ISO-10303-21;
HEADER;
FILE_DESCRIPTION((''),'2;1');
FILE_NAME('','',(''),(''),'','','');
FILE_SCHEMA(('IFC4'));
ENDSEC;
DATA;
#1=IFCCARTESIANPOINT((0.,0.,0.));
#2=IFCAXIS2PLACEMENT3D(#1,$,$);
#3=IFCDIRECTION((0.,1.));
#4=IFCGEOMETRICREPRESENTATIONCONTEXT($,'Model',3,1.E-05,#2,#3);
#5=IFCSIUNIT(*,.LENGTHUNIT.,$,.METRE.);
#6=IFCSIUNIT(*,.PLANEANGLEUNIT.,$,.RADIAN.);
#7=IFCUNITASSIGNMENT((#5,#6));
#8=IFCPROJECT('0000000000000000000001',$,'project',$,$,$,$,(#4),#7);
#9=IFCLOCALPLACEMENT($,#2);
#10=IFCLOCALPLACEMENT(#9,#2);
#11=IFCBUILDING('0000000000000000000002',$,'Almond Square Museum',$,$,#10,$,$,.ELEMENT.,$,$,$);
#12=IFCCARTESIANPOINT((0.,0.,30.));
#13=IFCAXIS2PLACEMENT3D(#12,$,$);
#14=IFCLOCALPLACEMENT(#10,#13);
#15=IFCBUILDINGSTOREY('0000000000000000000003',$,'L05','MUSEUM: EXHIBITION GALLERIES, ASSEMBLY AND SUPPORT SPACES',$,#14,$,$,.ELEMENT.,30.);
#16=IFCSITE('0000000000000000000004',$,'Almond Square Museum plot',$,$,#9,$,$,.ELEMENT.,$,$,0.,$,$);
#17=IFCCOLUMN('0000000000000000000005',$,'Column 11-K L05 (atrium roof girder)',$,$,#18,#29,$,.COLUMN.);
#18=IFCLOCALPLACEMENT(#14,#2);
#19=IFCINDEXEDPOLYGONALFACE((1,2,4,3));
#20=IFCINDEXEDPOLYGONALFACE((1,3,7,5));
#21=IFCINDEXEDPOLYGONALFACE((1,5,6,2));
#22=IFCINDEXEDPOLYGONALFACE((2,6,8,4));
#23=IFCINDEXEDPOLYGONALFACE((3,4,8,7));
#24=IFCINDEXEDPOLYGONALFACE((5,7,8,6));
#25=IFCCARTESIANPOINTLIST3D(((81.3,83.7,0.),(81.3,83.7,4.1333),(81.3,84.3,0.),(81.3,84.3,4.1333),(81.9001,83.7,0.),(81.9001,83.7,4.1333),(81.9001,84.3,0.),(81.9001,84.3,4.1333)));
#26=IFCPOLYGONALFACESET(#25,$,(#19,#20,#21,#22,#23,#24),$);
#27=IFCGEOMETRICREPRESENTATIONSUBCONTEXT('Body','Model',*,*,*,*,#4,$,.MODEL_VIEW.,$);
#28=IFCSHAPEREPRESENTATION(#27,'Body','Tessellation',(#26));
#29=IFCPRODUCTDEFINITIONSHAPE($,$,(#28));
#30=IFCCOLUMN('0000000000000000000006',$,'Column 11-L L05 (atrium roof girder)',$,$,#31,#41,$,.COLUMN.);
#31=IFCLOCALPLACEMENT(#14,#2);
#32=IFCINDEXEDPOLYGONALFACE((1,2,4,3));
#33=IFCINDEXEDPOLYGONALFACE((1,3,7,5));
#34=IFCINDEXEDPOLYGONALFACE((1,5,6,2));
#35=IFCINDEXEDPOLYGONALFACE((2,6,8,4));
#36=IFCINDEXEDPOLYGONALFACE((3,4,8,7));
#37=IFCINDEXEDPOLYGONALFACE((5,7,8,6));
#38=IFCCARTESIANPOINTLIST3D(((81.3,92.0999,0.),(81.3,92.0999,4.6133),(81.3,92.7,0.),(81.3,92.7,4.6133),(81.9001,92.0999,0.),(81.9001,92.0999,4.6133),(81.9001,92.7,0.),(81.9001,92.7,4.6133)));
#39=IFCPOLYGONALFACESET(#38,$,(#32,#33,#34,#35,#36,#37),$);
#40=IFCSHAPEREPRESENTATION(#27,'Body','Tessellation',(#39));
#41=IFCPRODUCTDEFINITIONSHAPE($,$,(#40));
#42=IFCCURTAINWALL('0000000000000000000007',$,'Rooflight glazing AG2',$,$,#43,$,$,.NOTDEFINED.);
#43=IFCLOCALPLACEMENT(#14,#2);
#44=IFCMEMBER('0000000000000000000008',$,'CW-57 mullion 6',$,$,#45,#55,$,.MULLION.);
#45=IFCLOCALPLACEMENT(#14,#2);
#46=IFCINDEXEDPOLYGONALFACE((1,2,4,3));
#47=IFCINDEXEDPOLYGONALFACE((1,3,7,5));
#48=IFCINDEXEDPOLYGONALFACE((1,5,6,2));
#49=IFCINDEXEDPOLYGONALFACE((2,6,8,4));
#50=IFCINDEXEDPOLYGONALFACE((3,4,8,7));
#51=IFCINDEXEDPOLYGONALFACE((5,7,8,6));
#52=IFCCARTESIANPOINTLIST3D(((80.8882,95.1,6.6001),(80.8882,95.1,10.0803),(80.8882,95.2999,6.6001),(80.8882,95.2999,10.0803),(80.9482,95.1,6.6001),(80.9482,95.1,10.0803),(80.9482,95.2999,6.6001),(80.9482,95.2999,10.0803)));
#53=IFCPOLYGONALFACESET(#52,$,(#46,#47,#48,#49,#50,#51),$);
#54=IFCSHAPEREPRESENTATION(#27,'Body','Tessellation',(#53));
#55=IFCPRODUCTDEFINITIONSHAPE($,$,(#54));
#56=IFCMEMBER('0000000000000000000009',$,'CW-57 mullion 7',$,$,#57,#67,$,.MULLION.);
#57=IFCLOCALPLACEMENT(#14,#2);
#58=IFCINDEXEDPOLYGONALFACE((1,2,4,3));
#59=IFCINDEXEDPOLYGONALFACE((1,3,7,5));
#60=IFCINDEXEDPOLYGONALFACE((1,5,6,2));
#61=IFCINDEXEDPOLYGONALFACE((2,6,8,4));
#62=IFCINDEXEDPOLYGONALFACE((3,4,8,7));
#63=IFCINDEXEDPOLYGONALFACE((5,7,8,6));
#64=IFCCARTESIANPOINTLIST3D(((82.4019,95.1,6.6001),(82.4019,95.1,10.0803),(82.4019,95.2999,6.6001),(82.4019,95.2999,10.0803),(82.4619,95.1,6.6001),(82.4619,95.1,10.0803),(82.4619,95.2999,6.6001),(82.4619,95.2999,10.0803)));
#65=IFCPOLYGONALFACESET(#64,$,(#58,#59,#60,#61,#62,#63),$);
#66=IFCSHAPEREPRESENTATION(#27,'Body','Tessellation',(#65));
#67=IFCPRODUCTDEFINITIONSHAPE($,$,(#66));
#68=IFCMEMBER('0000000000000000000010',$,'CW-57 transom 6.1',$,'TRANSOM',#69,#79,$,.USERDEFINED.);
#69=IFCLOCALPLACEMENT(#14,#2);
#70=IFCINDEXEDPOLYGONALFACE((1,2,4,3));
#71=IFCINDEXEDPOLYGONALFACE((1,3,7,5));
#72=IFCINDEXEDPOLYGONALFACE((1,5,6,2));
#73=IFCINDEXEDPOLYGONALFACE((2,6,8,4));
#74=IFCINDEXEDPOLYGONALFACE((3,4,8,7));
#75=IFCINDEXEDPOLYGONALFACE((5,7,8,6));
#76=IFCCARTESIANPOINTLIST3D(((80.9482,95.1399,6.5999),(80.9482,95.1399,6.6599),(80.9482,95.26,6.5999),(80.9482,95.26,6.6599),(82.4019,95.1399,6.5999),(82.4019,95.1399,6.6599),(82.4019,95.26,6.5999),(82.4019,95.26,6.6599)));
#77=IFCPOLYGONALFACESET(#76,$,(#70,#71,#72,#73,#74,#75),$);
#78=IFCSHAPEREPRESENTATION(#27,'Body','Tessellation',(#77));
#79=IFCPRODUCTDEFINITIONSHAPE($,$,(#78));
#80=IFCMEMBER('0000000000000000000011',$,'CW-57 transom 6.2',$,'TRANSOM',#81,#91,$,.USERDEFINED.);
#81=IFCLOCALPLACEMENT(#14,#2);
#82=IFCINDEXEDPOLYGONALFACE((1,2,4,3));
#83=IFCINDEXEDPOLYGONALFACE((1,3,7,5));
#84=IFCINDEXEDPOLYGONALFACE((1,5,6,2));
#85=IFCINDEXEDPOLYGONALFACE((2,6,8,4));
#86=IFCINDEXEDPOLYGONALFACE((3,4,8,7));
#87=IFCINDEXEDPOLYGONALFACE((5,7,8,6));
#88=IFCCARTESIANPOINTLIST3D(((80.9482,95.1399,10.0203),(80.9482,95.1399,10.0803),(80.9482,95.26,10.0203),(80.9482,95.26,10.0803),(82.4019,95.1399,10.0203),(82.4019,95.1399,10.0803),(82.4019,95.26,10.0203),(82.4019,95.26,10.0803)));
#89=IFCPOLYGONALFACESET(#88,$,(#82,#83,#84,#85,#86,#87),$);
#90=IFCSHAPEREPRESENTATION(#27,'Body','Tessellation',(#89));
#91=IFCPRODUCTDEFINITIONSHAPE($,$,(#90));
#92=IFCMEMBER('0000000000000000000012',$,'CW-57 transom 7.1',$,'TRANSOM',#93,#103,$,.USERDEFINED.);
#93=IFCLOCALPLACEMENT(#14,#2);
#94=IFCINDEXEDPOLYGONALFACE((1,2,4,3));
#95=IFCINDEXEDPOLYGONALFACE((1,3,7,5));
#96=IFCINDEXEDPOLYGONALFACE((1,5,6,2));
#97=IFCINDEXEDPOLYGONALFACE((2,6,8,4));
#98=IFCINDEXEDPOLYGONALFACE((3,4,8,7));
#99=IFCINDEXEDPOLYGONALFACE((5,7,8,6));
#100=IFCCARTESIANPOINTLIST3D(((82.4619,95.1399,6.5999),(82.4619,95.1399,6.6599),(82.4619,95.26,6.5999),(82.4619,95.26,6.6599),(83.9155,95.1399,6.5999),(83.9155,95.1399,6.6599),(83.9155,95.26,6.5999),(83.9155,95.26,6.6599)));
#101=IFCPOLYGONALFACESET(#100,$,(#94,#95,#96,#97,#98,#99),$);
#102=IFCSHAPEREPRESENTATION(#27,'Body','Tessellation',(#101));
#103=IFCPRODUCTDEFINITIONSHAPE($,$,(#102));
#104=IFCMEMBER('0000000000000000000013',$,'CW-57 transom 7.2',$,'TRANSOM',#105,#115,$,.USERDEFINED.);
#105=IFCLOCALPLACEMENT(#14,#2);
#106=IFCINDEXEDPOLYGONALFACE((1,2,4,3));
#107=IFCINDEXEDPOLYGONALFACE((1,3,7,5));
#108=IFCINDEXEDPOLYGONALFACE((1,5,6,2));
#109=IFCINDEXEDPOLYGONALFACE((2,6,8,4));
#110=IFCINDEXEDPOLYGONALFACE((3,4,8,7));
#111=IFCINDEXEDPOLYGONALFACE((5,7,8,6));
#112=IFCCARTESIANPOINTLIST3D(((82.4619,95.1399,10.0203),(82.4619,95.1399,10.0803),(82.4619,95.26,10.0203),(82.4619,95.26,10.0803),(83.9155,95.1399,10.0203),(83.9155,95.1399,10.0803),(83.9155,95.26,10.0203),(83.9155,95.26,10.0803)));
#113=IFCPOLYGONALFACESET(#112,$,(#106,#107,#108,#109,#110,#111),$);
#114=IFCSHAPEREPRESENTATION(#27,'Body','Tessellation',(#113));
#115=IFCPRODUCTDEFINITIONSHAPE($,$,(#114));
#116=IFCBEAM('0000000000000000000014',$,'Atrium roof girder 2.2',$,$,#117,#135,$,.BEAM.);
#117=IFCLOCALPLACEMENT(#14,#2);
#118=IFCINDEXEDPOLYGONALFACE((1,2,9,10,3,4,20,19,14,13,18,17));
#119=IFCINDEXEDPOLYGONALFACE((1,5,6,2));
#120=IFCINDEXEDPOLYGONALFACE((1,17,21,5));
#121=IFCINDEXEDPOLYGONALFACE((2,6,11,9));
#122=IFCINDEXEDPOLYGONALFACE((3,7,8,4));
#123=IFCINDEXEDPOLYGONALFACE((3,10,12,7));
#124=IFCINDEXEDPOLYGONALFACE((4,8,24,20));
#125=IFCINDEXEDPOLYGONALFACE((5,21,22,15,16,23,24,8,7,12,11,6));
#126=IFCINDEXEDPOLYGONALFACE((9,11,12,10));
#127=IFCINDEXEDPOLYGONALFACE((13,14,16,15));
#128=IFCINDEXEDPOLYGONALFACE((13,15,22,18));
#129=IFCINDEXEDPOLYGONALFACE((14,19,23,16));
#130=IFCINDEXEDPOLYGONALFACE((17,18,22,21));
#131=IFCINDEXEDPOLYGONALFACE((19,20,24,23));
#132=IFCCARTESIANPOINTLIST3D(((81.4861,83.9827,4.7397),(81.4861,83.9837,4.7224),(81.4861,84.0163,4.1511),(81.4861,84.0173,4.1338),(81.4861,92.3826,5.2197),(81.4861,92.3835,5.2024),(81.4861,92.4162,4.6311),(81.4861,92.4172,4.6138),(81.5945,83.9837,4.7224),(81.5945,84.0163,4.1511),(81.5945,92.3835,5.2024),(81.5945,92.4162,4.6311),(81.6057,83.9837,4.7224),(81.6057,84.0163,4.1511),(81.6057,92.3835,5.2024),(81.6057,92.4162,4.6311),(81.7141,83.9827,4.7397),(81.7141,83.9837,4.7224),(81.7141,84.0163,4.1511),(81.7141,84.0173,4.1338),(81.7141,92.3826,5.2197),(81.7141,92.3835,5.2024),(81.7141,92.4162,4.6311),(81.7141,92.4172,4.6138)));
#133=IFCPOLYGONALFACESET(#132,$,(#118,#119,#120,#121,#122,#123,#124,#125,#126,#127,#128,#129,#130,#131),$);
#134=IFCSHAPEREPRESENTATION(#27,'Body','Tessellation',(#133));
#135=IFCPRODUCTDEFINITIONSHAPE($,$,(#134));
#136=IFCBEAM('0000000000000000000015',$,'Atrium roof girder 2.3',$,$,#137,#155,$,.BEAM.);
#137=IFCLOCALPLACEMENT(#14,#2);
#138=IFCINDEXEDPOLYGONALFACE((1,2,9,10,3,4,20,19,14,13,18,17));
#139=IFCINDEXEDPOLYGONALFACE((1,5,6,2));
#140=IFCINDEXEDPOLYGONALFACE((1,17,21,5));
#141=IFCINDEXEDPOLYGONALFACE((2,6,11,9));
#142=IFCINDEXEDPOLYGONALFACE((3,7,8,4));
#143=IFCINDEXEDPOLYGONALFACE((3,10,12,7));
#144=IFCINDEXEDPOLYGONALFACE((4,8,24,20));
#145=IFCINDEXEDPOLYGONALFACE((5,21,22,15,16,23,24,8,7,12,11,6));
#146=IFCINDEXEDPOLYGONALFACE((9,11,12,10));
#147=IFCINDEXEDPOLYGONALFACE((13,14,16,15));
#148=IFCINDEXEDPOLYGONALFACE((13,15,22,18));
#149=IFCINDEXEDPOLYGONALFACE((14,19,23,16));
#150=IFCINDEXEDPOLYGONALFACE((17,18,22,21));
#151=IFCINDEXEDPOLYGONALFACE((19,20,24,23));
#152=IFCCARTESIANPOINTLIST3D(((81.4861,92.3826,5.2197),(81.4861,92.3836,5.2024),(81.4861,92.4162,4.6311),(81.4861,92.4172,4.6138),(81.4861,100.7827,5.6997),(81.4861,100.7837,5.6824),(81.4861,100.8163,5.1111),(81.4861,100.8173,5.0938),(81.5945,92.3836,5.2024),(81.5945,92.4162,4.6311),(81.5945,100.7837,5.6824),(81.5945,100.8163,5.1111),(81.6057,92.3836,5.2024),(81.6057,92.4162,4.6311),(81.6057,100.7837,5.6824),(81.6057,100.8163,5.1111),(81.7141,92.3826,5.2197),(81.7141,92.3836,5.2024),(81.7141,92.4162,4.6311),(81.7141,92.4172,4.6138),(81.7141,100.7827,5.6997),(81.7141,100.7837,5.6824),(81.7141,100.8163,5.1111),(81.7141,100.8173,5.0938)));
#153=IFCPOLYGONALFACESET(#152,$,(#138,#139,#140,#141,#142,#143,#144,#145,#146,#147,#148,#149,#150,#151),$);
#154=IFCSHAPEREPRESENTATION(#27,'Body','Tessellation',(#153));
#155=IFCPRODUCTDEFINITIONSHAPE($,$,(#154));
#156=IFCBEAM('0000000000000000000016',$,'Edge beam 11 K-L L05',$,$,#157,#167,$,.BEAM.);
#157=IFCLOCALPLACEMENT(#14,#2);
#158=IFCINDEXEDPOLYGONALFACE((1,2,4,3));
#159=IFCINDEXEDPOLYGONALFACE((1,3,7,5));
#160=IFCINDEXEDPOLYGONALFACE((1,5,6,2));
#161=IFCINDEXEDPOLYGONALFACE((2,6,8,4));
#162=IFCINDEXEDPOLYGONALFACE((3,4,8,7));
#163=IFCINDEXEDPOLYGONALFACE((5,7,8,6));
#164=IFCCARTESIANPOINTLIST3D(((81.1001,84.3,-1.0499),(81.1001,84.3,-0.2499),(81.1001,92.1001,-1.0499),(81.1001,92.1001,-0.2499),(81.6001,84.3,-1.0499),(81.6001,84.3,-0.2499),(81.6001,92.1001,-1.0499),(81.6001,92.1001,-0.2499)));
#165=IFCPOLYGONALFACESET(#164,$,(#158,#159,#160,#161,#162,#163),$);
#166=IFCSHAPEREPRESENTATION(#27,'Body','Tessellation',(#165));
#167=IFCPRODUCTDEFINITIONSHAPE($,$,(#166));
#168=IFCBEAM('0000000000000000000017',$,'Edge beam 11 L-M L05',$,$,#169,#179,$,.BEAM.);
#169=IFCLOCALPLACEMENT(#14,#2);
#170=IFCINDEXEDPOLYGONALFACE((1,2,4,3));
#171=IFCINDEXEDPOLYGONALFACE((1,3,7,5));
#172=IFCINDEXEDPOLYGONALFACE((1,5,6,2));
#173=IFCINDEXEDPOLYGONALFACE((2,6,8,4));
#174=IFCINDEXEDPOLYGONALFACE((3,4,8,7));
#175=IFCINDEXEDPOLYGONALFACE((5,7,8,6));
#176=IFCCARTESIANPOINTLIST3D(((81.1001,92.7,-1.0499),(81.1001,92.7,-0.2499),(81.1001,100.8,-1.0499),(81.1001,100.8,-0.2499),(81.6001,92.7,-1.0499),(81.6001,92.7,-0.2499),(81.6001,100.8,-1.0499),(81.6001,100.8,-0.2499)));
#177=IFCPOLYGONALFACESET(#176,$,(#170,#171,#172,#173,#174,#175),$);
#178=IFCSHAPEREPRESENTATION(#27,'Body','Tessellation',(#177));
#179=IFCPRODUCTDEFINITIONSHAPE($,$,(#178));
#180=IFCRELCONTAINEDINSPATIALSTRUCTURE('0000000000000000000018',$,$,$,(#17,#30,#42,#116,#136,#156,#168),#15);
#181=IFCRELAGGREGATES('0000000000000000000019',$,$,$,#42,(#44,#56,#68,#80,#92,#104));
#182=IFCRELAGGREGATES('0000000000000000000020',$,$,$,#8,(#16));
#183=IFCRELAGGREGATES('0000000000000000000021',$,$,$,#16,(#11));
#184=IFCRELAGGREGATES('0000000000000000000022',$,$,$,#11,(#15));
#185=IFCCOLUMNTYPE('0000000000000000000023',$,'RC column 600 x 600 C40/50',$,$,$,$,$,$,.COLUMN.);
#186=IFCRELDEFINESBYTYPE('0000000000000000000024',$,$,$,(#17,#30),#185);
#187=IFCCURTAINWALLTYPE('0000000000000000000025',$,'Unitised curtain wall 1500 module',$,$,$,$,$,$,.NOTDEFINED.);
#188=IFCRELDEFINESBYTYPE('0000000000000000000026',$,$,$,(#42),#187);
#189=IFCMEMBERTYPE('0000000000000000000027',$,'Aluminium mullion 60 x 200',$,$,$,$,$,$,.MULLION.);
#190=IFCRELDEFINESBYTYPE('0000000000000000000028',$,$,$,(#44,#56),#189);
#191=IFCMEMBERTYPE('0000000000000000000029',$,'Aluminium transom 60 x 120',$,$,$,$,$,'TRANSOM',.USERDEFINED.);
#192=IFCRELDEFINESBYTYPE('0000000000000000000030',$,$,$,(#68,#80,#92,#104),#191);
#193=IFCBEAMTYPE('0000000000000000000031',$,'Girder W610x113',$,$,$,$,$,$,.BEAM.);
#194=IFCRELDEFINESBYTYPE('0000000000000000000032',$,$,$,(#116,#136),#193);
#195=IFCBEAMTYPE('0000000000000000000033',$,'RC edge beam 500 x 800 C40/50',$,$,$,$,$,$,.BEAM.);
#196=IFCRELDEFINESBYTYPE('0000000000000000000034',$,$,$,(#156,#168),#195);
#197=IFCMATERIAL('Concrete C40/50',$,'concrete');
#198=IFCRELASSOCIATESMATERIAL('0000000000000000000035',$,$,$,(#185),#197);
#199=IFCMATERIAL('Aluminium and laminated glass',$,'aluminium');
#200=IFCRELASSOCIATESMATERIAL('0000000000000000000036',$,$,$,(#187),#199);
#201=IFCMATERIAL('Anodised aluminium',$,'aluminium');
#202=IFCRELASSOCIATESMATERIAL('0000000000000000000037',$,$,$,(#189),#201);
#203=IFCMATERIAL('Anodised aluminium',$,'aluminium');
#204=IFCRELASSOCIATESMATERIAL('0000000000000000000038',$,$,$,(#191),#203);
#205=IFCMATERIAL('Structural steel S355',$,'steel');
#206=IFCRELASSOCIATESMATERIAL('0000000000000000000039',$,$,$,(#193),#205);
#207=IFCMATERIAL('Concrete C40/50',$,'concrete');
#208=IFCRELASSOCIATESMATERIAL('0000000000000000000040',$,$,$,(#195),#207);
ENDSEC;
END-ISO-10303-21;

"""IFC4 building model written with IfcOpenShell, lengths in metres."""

from ifc_helpers import new_model, si_unit, direction, frame, origin, origin_2d, place, context, subcontext, project, spatial, rectangle, i_section, extrude, material, material_profile, profile_set, type_object, element, aggregate, save


model = new_model("IFC4")

# Units and contexts
model_context = context("Model", 3, precision=1e-05, world=origin(), true_north=direction((0.0, 1.0)))
body_context = subcontext(model_context, "Body", "Model", "MODEL_VIEW")
ifc_project = project(units=[si_unit("LENGTHUNIT", "METRE"), si_unit("PLANEANGLEUNIT", "RADIAN")], contexts=[model_context])

# Site, building, storey
site_placement = place(None, origin())
site = spatial("IfcSite", under=ifc_project, at=site_placement, Name="Almond Square Museum plot", CompositionType="ELEMENT", RefElevation=0.0)
building_placement = place(site_placement, origin())
building = spatial("IfcBuilding", under=site, at=building_placement, Name="Almond Square Museum", CompositionType="ELEMENT")
storey_placement = place(building_placement, frame((0.0, 0.0, 30.0)))
storey = spatial("IfcBuildingStorey", under=building, at=storey_placement, Name="L05", Description="MUSEUM: EXHIBITION GALLERIES, ASSEMBLY AND SUPPORT SPACES", CompositionType="ELEMENT", Elevation=30.0)

# Columns
ifc_material_1 = material(Name="Concrete C40/50", Category="concrete")
ifc_material_profile_1 = material_profile(ifc_material_1, rectangle(XDim=0.6001, YDim=0.6001, at=origin_2d()))
ifc_profile_set_1 = profile_set([ifc_material_profile_1], Name="Concrete C40/50")
column_type = type_object("IfcColumnType", Name="RC column 600 x 600 C40/50", PredefinedType="COLUMN", material=ifc_profile_set_1)
column_1_placement = place(storey_placement, frame((81.6001, 84.0, 0.0), z_axis=(0.0, 0.0, 1.0), x_axis=(1.0, 0.0, 0.0)))
element("IfcColumn", 1, at=column_1_placement, inside=storey, type_object=column_type, Name="Column 11-K L05 (atrium roof girder)", PredefinedType="COLUMN", context=body_context, shape_type="SweptSolid", body=[
    extrude(rectangle(XDim=0.6001, YDim=0.6001, at=origin_2d()), origin(), (0.0, 0.0, 1.0), 4.1333),
])
column_2_placement = place(storey_placement, frame((81.6001, 92.3999, 0.0), z_axis=(0.0, 0.0, 1.0), x_axis=(1.0, 0.0, 0.0)))
element("IfcColumn", 2, at=column_2_placement, inside=storey, type_object=column_type, Name="Column 11-L L05 (atrium roof girder)", PredefinedType="COLUMN", context=body_context, shape_type="SweptSolid", body=[
    extrude(rectangle(XDim=0.6001, YDim=0.6001, at=origin_2d()), origin(), (0.0, 0.0, 1.0), 4.6133),
])

# Curtain wall, members
ifc_material_2 = material(Name="Aluminium and laminated glass", Category="aluminium")
curtain_wall_type = type_object("IfcCurtainWallType", Name="Unitised curtain wall 1500 module", PredefinedType="NOTDEFINED", material=ifc_material_2)
curtain_wall_placement = place(storey_placement, origin())
curtain_wall = element("IfcCurtainWall", 3, at=curtain_wall_placement, inside=storey, type_object=curtain_wall_type, Name="Rooflight glazing AG2", PredefinedType="NOTDEFINED")
ifc_material_3 = material(Name="Anodised aluminium", Category="aluminium")
ifc_material_profile_2 = material_profile(ifc_material_3, rectangle(XDim=0.2, YDim=0.0601, at=origin_2d()))
ifc_profile_set_2 = profile_set([ifc_material_profile_2], Name="Anodised aluminium")
member_type_1 = type_object("IfcMemberType", Name="Aluminium mullion 60 x 200", PredefinedType="MULLION", material=ifc_profile_set_2)
member_1_placement = place(storey_placement, frame((80.9182, 95.2, 6.6001), z_axis=(0.0, 0.0, 1.0), x_axis=(0.0, 1.0, 0.0)))
member_1 = element("IfcMember", 4, at=member_1_placement, type_object=member_type_1, Name="CW-57 mullion 6", PredefinedType="MULLION", context=body_context, shape_type="SweptSolid", body=[
    extrude(rectangle(XDim=0.2, YDim=0.0601, at=origin_2d()), origin(), (0.0, 0.0, 1.0), 3.4802),
])
member_2_placement = place(storey_placement, frame((82.4319, 95.2, 6.6001), z_axis=(0.0, 0.0, 1.0), x_axis=(0.0, 1.0, 0.0)))
member_2 = element("IfcMember", 5, at=member_2_placement, type_object=member_type_1, Name="CW-57 mullion 7", PredefinedType="MULLION", context=body_context, shape_type="SweptSolid", body=[
    extrude(rectangle(XDim=0.2, YDim=0.0601, at=origin_2d()), origin(), (0.0, 0.0, 1.0), 3.4802),
])
ifc_material_4 = material(Name="Anodised aluminium", Category="aluminium")
ifc_material_profile_3 = material_profile(ifc_material_4, rectangle(XDim=0.1201, YDim=0.0601, at=origin_2d()))
ifc_profile_set_3 = profile_set([ifc_material_profile_3], Name="Anodised aluminium")
member_type_2 = type_object("IfcMemberType", Name="Aluminium transom 60 x 120", ElementType="TRANSOM", PredefinedType="USERDEFINED", material=ifc_profile_set_3)
member_3_placement = place(storey_placement, frame((80.9482, 95.2, 6.6299), z_axis=(1.0, 0.0, 0.0), x_axis=(0.0, 1.0, 0.0)))
member_3 = element("IfcMember", 6, at=member_3_placement, type_object=member_type_2, Name="CW-57 transom 6.1", ObjectType="TRANSOM", PredefinedType="USERDEFINED", context=body_context, shape_type="SweptSolid", body=[
    extrude(rectangle(XDim=0.1201, YDim=0.0601, at=origin_2d()), origin(), (0.0, 0.0, 1.0), 1.4536),
])
member_4_placement = place(storey_placement, frame((80.9482, 95.2, 10.0503), z_axis=(1.0, 0.0, 0.0), x_axis=(0.0, 1.0, 0.0)))
member_4 = element("IfcMember", 7, at=member_4_placement, type_object=member_type_2, Name="CW-57 transom 6.2", ObjectType="TRANSOM", PredefinedType="USERDEFINED", context=body_context, shape_type="SweptSolid", body=[
    extrude(rectangle(XDim=0.1201, YDim=0.0601, at=origin_2d()), origin(), (0.0, 0.0, 1.0), 1.4536),
])
member_5_placement = place(storey_placement, frame((82.4619, 95.2, 6.6299), z_axis=(1.0, 0.0, 0.0), x_axis=(0.0, 1.0, 0.0)))
member_5 = element("IfcMember", 8, at=member_5_placement, type_object=member_type_2, Name="CW-57 transom 7.1", ObjectType="TRANSOM", PredefinedType="USERDEFINED", context=body_context, shape_type="SweptSolid", body=[
    extrude(rectangle(XDim=0.1201, YDim=0.0601, at=origin_2d()), origin(), (0.0, 0.0, 1.0), 1.4536),
])
member_6_placement = place(storey_placement, frame((82.4619, 95.2, 10.0503), z_axis=(1.0, 0.0, 0.0), x_axis=(0.0, 1.0, 0.0)))
member_6 = element("IfcMember", 9, at=member_6_placement, type_object=member_type_2, Name="CW-57 transom 7.2", ObjectType="TRANSOM", PredefinedType="USERDEFINED", context=body_context, shape_type="SweptSolid", body=[
    extrude(rectangle(XDim=0.1201, YDim=0.0601, at=origin_2d()), origin(), (0.0, 0.0, 1.0), 1.4536),
])

# Beams
ifc_material_5 = material(Name="Structural steel S355", Category="steel")
ifc_material_profile_4 = material_profile(ifc_material_5, i_section(OverallWidth=0.228, OverallDepth=0.6069, WebThickness=0.0112, FlangeThickness=0.0173, at=origin_2d()))
ifc_profile_set_4 = profile_set([ifc_material_profile_4], Name="Structural steel S355")
beam_type_1 = type_object("IfcBeamType", Name="Girder W610x113", PredefinedType="BEAM", material=ifc_profile_set_4)
beam_1_placement = place(storey_placement, frame((81.6001, 84.0, 4.4368), z_axis=(0.0, 0.998371, 0.057048), x_axis=(-1.0, 0.0, 0.0)))
element("IfcBeam", 10, at=beam_1_placement, inside=storey, type_object=beam_type_1, Name="Atrium roof girder 2.2", PredefinedType="BEAM", context=body_context, shape_type="SweptSolid", body=[
    extrude(i_section(OverallWidth=0.228, OverallDepth=0.6069, WebThickness=0.0112, FlangeThickness=0.0173, at=origin_2d()), origin(), (0.0, 0.0, 1.0), 8.4136),
])
beam_2_placement = place(storey_placement, frame((81.6001, 92.3999, 4.9167), z_axis=(0.0, 0.998372, 0.057046), x_axis=(-1.0, 0.0, 0.0)))
element("IfcBeam", 11, at=beam_2_placement, inside=storey, type_object=beam_type_1, Name="Atrium roof girder 2.3", PredefinedType="BEAM", context=body_context, shape_type="SweptSolid", body=[
    extrude(i_section(OverallWidth=0.228, OverallDepth=0.6069, WebThickness=0.0112, FlangeThickness=0.0173, at=origin_2d()), origin(), (0.0, 0.0, 1.0), 8.4138),
])
ifc_material_6 = material(Name="Concrete C40/50", Category="concrete")
ifc_material_profile_5 = material_profile(ifc_material_6, rectangle(XDim=0.5, YDim=0.8, at=origin_2d()))
ifc_profile_set_5 = profile_set([ifc_material_profile_5], Name="Concrete C40/50")
beam_type_2 = type_object("IfcBeamType", Name="RC edge beam 500 x 800 C40/50", PredefinedType="BEAM", material=ifc_profile_set_5)
beam_3_placement = place(storey_placement, frame((81.3501, 84.3, -0.6499), z_axis=(0.0, 1.0, 0.0), x_axis=(-1.0, 0.0, 0.0)))
element("IfcBeam", 12, at=beam_3_placement, inside=storey, type_object=beam_type_2, Name="Edge beam 11 K-L L05", PredefinedType="BEAM", context=body_context, shape_type="SweptSolid", body=[
    extrude(rectangle(XDim=0.5, YDim=0.8, at=origin_2d()), origin(), (0.0, 0.0, 1.0), 7.8),
])
beam_4_placement = place(storey_placement, frame((81.3501, 92.7, -0.6499), z_axis=(0.0, 1.0, 0.0), x_axis=(-1.0, 0.0, 0.0)))
element("IfcBeam", 13, at=beam_4_placement, inside=storey, type_object=beam_type_2, Name="Edge beam 11 L-M L05", PredefinedType="BEAM", context=body_context, shape_type="SweptSolid", body=[
    extrude(rectangle(XDim=0.5, YDim=0.8, at=origin_2d()), origin(), (0.0, 0.0, 1.0), 8.1001),
])

aggregate(curtain_wall, [member_1, member_2, member_3, member_4, member_5, member_6])

save(model, "model.ifc")
